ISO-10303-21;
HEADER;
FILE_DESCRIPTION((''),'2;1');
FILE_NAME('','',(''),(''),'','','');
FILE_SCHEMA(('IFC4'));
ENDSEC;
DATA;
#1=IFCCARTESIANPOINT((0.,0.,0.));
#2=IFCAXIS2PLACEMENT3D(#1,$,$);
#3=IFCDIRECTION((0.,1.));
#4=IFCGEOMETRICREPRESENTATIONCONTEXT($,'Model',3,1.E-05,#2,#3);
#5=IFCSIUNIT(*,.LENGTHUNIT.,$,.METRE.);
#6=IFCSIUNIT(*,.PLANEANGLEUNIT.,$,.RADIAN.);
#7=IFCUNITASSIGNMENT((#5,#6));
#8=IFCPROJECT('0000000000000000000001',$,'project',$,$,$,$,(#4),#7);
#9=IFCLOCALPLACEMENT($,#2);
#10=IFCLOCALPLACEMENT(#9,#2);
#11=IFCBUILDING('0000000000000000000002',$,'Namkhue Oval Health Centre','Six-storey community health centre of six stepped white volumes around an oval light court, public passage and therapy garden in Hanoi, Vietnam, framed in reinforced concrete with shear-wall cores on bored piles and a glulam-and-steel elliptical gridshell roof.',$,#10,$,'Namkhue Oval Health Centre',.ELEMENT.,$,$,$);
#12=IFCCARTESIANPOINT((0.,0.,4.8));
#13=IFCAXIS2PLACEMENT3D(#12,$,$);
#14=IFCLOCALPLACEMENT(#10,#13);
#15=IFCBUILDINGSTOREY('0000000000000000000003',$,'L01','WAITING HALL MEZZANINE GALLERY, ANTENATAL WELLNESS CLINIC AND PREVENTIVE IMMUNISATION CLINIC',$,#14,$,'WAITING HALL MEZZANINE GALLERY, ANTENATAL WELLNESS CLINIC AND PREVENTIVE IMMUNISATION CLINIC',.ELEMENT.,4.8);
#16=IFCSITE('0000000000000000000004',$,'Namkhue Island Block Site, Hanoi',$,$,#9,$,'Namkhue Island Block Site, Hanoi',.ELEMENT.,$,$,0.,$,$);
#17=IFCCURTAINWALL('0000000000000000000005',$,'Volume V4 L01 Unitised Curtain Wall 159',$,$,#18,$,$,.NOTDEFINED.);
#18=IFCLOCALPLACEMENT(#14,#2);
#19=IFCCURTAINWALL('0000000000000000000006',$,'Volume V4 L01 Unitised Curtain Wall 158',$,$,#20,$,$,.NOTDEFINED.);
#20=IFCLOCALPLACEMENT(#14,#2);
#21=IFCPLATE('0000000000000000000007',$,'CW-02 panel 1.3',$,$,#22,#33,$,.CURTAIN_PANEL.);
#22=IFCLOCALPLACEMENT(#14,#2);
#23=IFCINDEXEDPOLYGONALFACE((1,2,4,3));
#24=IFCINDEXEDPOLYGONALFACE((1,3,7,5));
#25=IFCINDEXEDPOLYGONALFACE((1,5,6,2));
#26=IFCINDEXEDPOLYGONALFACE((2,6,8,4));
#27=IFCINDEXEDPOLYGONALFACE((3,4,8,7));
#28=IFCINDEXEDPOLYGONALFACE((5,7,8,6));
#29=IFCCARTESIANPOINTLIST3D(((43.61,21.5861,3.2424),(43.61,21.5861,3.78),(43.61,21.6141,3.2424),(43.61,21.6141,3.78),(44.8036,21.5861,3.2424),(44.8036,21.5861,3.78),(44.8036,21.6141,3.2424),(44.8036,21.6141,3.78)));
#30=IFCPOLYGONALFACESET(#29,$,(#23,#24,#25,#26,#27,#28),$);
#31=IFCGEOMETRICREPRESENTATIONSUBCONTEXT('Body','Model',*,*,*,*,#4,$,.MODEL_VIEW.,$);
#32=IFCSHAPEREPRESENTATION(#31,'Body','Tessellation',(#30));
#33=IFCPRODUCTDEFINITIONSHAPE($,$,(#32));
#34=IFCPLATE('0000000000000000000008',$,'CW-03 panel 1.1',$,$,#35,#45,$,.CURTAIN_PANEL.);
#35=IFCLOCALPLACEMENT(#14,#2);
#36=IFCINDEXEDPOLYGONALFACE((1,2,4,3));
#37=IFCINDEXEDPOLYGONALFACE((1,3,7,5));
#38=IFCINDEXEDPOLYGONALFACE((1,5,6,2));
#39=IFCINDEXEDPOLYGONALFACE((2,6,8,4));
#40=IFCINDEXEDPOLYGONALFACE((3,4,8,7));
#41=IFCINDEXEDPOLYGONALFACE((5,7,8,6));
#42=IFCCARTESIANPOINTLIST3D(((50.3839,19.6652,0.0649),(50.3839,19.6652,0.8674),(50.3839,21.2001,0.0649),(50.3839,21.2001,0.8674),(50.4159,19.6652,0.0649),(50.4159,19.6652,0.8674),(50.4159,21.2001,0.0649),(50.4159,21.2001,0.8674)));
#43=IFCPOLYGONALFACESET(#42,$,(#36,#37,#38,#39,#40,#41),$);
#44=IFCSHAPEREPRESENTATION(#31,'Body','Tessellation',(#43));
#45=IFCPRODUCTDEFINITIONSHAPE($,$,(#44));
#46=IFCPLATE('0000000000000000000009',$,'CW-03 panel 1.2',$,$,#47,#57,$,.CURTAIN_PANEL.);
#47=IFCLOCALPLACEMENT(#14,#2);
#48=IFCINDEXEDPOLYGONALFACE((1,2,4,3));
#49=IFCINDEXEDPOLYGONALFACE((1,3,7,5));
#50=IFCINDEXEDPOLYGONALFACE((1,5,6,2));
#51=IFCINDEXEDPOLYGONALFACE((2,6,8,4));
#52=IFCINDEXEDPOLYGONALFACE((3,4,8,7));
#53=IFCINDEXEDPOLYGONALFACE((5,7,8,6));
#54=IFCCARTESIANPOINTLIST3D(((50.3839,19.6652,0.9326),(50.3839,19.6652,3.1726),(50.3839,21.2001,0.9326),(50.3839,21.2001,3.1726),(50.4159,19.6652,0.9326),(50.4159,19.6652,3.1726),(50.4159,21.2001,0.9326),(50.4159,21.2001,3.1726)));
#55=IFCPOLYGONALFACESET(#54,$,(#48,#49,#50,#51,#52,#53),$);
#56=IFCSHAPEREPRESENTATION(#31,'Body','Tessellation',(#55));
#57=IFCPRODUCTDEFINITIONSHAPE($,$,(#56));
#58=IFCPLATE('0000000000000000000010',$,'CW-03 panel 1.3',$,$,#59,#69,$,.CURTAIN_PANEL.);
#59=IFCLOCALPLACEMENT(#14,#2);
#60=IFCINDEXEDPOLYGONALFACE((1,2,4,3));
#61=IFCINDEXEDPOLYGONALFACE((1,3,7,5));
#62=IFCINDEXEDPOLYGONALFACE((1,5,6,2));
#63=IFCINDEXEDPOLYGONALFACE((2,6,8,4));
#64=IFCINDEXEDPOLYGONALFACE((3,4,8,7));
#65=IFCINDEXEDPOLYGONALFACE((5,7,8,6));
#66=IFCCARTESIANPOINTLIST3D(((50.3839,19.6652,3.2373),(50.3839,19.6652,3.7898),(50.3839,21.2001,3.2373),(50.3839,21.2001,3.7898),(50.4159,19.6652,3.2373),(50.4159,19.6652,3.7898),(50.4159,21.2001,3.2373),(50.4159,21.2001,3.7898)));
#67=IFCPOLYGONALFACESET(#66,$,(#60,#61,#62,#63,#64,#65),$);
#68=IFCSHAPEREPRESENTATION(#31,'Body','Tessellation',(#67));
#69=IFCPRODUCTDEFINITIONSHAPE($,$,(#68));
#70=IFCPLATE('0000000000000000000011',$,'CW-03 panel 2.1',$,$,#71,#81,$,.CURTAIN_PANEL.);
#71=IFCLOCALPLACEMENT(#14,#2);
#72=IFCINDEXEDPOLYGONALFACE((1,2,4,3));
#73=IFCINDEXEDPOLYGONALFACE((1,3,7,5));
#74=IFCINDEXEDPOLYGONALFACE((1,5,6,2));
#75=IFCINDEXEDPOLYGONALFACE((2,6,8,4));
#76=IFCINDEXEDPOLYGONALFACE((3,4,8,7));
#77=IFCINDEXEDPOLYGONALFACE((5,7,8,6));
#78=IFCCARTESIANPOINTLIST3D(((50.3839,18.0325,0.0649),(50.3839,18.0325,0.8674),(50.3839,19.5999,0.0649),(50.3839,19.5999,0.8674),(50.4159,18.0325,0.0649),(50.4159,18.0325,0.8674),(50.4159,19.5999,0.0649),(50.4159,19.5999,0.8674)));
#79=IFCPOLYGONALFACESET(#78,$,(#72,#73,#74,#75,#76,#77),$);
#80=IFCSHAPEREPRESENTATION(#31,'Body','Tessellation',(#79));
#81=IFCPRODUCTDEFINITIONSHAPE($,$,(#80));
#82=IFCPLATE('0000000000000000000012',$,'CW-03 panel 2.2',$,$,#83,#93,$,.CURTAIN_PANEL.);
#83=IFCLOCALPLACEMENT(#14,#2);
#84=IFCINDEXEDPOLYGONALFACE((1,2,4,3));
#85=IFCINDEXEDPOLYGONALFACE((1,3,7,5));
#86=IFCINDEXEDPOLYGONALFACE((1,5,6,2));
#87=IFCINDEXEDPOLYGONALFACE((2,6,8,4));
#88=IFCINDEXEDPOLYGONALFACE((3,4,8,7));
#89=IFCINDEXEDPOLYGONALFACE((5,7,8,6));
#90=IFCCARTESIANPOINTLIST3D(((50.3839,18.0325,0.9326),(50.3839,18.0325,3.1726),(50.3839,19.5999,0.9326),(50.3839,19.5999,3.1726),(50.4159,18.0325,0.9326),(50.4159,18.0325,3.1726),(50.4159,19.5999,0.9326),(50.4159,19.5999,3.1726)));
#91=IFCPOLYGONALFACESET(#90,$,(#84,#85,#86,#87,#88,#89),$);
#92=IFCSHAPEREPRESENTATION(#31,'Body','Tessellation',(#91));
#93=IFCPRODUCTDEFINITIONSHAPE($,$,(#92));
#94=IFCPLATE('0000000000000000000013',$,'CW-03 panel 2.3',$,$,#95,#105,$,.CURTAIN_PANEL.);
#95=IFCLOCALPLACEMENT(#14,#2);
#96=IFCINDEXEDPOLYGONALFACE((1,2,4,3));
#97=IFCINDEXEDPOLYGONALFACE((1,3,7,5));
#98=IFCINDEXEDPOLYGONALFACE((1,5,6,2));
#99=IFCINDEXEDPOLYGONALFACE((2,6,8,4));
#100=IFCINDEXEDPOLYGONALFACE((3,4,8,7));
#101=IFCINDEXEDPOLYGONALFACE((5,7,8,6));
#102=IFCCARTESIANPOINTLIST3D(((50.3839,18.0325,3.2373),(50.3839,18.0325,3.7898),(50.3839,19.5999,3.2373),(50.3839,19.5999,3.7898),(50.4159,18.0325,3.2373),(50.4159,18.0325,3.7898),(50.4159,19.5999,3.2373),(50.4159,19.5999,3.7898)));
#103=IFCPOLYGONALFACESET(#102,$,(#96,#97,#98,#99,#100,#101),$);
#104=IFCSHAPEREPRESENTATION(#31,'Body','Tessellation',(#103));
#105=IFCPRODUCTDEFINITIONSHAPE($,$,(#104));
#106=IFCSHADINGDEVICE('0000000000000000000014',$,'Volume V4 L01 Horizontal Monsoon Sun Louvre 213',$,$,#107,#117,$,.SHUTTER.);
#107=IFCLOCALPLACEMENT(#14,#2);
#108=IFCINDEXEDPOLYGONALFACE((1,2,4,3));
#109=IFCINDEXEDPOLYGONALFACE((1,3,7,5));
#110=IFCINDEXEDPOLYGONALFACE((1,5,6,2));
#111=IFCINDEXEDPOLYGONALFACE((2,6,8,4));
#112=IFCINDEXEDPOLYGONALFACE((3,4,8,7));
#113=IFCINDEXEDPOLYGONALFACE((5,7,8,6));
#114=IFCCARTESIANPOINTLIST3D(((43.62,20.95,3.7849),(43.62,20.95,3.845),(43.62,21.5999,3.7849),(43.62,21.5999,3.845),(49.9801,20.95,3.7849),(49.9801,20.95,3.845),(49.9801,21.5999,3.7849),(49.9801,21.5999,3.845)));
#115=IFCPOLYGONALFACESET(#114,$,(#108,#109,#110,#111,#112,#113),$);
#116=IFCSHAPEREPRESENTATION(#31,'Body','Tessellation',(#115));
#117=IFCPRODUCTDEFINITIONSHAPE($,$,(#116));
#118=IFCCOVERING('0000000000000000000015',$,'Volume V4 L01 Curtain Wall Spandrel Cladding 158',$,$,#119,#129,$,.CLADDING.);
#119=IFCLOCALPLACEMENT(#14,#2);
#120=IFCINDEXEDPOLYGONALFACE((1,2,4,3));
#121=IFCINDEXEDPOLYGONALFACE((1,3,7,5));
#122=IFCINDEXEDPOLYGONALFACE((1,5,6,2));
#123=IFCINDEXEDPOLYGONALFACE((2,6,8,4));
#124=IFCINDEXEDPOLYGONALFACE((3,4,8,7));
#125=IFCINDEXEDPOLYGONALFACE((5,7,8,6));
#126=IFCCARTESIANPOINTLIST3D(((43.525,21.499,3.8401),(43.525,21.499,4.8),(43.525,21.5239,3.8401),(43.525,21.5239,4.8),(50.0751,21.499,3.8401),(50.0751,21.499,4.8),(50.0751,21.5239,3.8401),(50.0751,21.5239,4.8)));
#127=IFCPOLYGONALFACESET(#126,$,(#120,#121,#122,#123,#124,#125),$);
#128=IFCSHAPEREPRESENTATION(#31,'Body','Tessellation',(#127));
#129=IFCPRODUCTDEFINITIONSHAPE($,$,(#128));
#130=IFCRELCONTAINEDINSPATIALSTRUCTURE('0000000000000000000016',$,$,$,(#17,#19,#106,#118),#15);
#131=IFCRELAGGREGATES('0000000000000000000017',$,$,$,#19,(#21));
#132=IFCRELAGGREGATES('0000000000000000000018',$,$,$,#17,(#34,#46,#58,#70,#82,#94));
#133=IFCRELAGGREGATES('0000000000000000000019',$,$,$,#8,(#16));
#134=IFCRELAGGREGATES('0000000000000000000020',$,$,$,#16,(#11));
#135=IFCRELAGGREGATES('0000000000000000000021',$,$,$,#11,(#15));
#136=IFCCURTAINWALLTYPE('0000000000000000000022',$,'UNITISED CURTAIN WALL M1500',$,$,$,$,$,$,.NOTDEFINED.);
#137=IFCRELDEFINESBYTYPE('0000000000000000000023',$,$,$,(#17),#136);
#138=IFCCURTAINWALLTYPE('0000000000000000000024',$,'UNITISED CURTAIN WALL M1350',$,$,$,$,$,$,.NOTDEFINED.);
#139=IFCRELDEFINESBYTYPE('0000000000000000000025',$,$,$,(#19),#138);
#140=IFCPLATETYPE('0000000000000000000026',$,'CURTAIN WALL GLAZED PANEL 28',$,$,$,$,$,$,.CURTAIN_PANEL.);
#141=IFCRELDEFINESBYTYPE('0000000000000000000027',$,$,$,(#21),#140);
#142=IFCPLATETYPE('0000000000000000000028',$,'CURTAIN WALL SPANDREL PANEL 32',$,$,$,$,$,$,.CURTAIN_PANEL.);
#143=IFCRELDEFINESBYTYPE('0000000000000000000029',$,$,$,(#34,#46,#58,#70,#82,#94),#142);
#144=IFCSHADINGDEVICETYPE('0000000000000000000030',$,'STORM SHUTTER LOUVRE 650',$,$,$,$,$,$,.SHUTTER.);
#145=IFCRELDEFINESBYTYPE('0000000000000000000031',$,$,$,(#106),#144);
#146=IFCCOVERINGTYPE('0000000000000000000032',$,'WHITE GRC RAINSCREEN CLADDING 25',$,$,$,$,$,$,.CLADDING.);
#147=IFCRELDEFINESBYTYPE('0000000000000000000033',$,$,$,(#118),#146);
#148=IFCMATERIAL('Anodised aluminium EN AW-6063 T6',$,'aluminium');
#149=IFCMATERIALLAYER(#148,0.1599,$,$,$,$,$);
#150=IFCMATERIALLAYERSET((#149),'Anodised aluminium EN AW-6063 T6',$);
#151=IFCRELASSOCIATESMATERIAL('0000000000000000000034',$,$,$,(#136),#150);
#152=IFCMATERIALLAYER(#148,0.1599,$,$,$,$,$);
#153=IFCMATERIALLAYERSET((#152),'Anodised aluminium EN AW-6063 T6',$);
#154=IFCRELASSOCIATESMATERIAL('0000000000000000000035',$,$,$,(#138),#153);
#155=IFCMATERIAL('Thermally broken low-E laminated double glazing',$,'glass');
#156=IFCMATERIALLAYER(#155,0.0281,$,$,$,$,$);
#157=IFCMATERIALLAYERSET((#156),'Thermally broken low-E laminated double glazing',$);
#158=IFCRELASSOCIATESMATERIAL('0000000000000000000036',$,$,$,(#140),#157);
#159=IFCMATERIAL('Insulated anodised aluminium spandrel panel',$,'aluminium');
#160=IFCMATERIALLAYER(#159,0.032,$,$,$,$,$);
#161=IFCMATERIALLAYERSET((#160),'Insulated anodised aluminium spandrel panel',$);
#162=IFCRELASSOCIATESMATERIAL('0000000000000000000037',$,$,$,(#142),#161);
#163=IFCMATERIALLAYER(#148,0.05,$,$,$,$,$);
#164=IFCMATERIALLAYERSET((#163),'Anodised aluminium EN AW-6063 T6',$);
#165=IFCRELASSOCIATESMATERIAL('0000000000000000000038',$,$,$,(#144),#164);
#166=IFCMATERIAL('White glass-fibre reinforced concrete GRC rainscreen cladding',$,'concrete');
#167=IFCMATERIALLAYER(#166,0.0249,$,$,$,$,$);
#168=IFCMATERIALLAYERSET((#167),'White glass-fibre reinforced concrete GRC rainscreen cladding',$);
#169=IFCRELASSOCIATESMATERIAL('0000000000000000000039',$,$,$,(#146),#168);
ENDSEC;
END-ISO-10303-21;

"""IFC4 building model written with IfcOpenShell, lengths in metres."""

from ifc_helpers import new_model, si_unit, direction, frame, origin, origin_2d, place, context, subcontext, project, spatial, rectangle, extrude, material, layer, layer_set, type_object, element, aggregate, save


model = new_model("IFC4")

# Units and contexts
model_context = context("Model", 3, precision=1e-05, world=origin(), true_north=direction((0.0, 1.0)))
body_context = subcontext(model_context, "Body", "Model", "MODEL_VIEW")
ifc_project = project(units=[si_unit("LENGTHUNIT", "METRE"), si_unit("PLANEANGLEUNIT", "RADIAN")], contexts=[model_context])

# Site, building, storey
site_placement = place(None, origin())
site = spatial("IfcSite", under=ifc_project, at=site_placement, Name="Namkhue Island Block Site, Hanoi", LongName="Namkhue Island Block Site, Hanoi", CompositionType="ELEMENT", RefElevation=0.0)
building_placement = place(site_placement, origin())
building = spatial("IfcBuilding", under=site, at=building_placement, Name="Namkhue Oval Health Centre", Description="Six-storey community health centre of six stepped white volumes around an oval light court, public passage and therapy garden in Hanoi, Vietnam, framed in reinforced concrete with shear-wall cores on bored piles and a glulam-and-steel elliptical gridshell roof.", LongName="Namkhue Oval Health Centre", CompositionType="ELEMENT")
storey_placement = place(building_placement, frame((0.0, 0.0, 4.8)))
storey = spatial("IfcBuildingStorey", under=building, at=storey_placement, Name="L01", Description="WAITING HALL MEZZANINE GALLERY, ANTENATAL WELLNESS CLINIC AND PREVENTIVE IMMUNISATION CLINIC", LongName="WAITING HALL MEZZANINE GALLERY, ANTENATAL WELLNESS CLINIC AND PREVENTIVE IMMUNISATION CLINIC", CompositionType="ELEMENT", Elevation=4.8)

# Curtain wall
ifc_material_1 = material(Name="Anodised aluminium EN AW-6063 T6", Category="aluminium")
ifc_layer_1 = layer(ifc_material_1, 0.1599)
ifc_layer_set_1 = layer_set([ifc_layer_1], Name="Anodised aluminium EN AW-6063 T6")
curtain_wall_type_1 = type_object("IfcCurtainWallType", Name="UNITISED CURTAIN WALL M1500", PredefinedType="NOTDEFINED", material=ifc_layer_set_1)
curtain_wall_1_placement = place(storey_placement, origin())
curtain_wall_1 = element("IfcCurtainWall", 1, at=curtain_wall_1_placement, inside=storey, type_object=curtain_wall_type_1, Name="Volume V4 L01 Unitised Curtain Wall 159", PredefinedType="NOTDEFINED")

# Curtain wall
ifc_layer_2 = layer(ifc_material_1, 0.1599)
ifc_layer_set_2 = layer_set([ifc_layer_2], Name="Anodised aluminium EN AW-6063 T6")
curtain_wall_type_2 = type_object("IfcCurtainWallType", Name="UNITISED CURTAIN WALL M1350", PredefinedType="NOTDEFINED", material=ifc_layer_set_2)
curtain_wall_2_placement = place(storey_placement, origin())
curtain_wall_2 = element("IfcCurtainWall", 2, at=curtain_wall_2_placement, inside=storey, type_object=curtain_wall_type_2, Name="Volume V4 L01 Unitised Curtain Wall 158", PredefinedType="NOTDEFINED")

# Plates
ifc_material_2 = material(Name="Thermally broken low-E laminated double glazing", Category="glass")
ifc_layer_3 = layer(ifc_material_2, 0.0281)
ifc_layer_set_3 = layer_set([ifc_layer_3], Name="Thermally broken low-E laminated double glazing")
plate_type_1 = type_object("IfcPlateType", Name="CURTAIN WALL GLAZED PANEL 28", PredefinedType="CURTAIN_PANEL", material=ifc_layer_set_3)
plate_1_placement = place(storey_placement, frame((44.2068, 21.6001, 3.2424), z_axis=(0.0, 0.0, 1.0), x_axis=(1.0, 0.0, 0.0)))
plate_1 = element("IfcPlate", 3, at=plate_1_placement, type_object=plate_type_1, Name="CW-02 panel 1.3", PredefinedType="CURTAIN_PANEL", context=body_context, shape_type="SweptSolid", body=[
    extrude(rectangle(XDim=1.1936, YDim=0.0281, at=origin_2d()), origin(), (0.0, 0.0, 1.0), 0.5376),
])
aggregate(curtain_wall_2, [plate_1])
ifc_material_3 = material(Name="Insulated anodised aluminium spandrel panel", Category="aluminium")
ifc_layer_4 = layer(ifc_material_3, 0.032)
ifc_layer_set_4 = layer_set([ifc_layer_4], Name="Insulated anodised aluminium spandrel panel")
plate_type_2 = type_object("IfcPlateType", Name="CURTAIN WALL SPANDREL PANEL 32", PredefinedType="CURTAIN_PANEL", material=ifc_layer_set_4)
plate_2_placement = place(storey_placement, frame((50.3999, 20.4326, 0.0649), z_axis=(0.0, 0.0, 1.0), x_axis=(0.0, -1.0, 0.0)))
plate_2 = element("IfcPlate", 4, at=plate_2_placement, type_object=plate_type_2, Name="CW-03 panel 1.1", PredefinedType="CURTAIN_PANEL", context=body_context, shape_type="SweptSolid", body=[
    extrude(rectangle(XDim=1.5349, YDim=0.032, at=origin_2d()), origin(), (0.0, 0.0, 1.0), 0.8025),
])
plate_3_placement = place(storey_placement, frame((50.3999, 20.4326, 0.9326), z_axis=(0.0, 0.0, 1.0), x_axis=(0.0, -1.0, 0.0)))
plate_3 = element("IfcPlate", 5, at=plate_3_placement, type_object=plate_type_2, Name="CW-03 panel 1.2", PredefinedType="CURTAIN_PANEL", context=body_context, shape_type="SweptSolid", body=[
    extrude(rectangle(XDim=1.5349, YDim=0.032, at=origin_2d()), origin(), (0.0, 0.0, 1.0), 2.24),
])
plate_4_placement = place(storey_placement, frame((50.3999, 20.4326, 3.2373), z_axis=(0.0, 0.0, 1.0), x_axis=(0.0, -1.0, 0.0)))
plate_4 = element("IfcPlate", 6, at=plate_4_placement, type_object=plate_type_2, Name="CW-03 panel 1.3", PredefinedType="CURTAIN_PANEL", context=body_context, shape_type="SweptSolid", body=[
    extrude(rectangle(XDim=1.5349, YDim=0.032, at=origin_2d()), origin(), (0.0, 0.0, 1.0), 0.5525),
])
plate_5_placement = place(storey_placement, frame((50.3999, 18.8162, 0.0649), z_axis=(0.0, 0.0, 1.0), x_axis=(0.0, -1.0, 0.0)))
plate_5 = element("IfcPlate", 7, at=plate_5_placement, type_object=plate_type_2, Name="CW-03 panel 2.1", PredefinedType="CURTAIN_PANEL", context=body_context, shape_type="SweptSolid", body=[
    extrude(rectangle(XDim=1.5674, YDim=0.032, at=origin_2d()), origin(), (0.0, 0.0, 1.0), 0.8025),
])
plate_6_placement = place(storey_placement, frame((50.3999, 18.8162, 0.9326), z_axis=(0.0, 0.0, 1.0), x_axis=(0.0, -1.0, 0.0)))
plate_6 = element("IfcPlate", 8, at=plate_6_placement, type_object=plate_type_2, Name="CW-03 panel 2.2", PredefinedType="CURTAIN_PANEL", context=body_context, shape_type="SweptSolid", body=[
    extrude(rectangle(XDim=1.5674, YDim=0.032, at=origin_2d()), origin(), (0.0, 0.0, 1.0), 2.24),
])
plate_7_placement = place(storey_placement, frame((50.3999, 18.8162, 3.2373), z_axis=(0.0, 0.0, 1.0), x_axis=(0.0, -1.0, 0.0)))
plate_7 = element("IfcPlate", 9, at=plate_7_placement, type_object=plate_type_2, Name="CW-03 panel 2.3", PredefinedType="CURTAIN_PANEL", context=body_context, shape_type="SweptSolid", body=[
    extrude(rectangle(XDim=1.5674, YDim=0.032, at=origin_2d()), origin(), (0.0, 0.0, 1.0), 0.5525),
])
aggregate(curtain_wall_1, [plate_2, plate_3, plate_4, plate_5, plate_6, plate_7])

# Shading device
ifc_layer_5 = layer(ifc_material_1, 0.05)
ifc_layer_set_5 = layer_set([ifc_layer_5], Name="Anodised aluminium EN AW-6063 T6")
shading_device_type = type_object("IfcShadingDeviceType", Name="STORM SHUTTER LOUVRE 650", PredefinedType="SHUTTER", material=ifc_layer_set_5)
shading_device_placement = place(storey_placement, frame((46.8, 21.2749, 3.7849), z_axis=(0.0, 0.0, 1.0), x_axis=(1.0, 0.0, 0.0)))
element("IfcShadingDevice", 10, at=shading_device_placement, inside=storey, type_object=shading_device_type, Name="Volume V4 L01 Horizontal Monsoon Sun Louvre 213", PredefinedType="SHUTTER", context=body_context, shape_type="SweptSolid", body=[
    extrude(rectangle(XDim=6.3601, YDim=0.6499, at=origin_2d()), origin(), (0.0, 0.0, 1.0), 0.0601),
])

# Covering
ifc_material_4 = material(Name="White glass-fibre reinforced concrete GRC rainscreen cladding", Category="concrete")
ifc_layer_6 = layer(ifc_material_4, 0.0249)
ifc_layer_set_6 = layer_set([ifc_layer_6], Name="White glass-fibre reinforced concrete GRC rainscreen cladding")
covering_type = type_object("IfcCoveringType", Name="WHITE GRC RAINSCREEN CLADDING 25", PredefinedType="CLADDING", material=ifc_layer_set_6)
covering_placement = place(storey_placement, frame((46.8, 21.5115, 3.8401), z_axis=(0.0, 0.0, 1.0), x_axis=(1.0, 0.0, 0.0)))
element("IfcCovering", 11, at=covering_placement, inside=storey, type_object=covering_type, Name="Volume V4 L01 Curtain Wall Spandrel Cladding 158", PredefinedType="CLADDING", context=body_context, shape_type="SweptSolid", body=[
    extrude(rectangle(XDim=6.55, YDim=0.0249, at=origin_2d()), origin(), (0.0, 0.0, 1.0), 0.96),
])

save(model, "model.ifc")
